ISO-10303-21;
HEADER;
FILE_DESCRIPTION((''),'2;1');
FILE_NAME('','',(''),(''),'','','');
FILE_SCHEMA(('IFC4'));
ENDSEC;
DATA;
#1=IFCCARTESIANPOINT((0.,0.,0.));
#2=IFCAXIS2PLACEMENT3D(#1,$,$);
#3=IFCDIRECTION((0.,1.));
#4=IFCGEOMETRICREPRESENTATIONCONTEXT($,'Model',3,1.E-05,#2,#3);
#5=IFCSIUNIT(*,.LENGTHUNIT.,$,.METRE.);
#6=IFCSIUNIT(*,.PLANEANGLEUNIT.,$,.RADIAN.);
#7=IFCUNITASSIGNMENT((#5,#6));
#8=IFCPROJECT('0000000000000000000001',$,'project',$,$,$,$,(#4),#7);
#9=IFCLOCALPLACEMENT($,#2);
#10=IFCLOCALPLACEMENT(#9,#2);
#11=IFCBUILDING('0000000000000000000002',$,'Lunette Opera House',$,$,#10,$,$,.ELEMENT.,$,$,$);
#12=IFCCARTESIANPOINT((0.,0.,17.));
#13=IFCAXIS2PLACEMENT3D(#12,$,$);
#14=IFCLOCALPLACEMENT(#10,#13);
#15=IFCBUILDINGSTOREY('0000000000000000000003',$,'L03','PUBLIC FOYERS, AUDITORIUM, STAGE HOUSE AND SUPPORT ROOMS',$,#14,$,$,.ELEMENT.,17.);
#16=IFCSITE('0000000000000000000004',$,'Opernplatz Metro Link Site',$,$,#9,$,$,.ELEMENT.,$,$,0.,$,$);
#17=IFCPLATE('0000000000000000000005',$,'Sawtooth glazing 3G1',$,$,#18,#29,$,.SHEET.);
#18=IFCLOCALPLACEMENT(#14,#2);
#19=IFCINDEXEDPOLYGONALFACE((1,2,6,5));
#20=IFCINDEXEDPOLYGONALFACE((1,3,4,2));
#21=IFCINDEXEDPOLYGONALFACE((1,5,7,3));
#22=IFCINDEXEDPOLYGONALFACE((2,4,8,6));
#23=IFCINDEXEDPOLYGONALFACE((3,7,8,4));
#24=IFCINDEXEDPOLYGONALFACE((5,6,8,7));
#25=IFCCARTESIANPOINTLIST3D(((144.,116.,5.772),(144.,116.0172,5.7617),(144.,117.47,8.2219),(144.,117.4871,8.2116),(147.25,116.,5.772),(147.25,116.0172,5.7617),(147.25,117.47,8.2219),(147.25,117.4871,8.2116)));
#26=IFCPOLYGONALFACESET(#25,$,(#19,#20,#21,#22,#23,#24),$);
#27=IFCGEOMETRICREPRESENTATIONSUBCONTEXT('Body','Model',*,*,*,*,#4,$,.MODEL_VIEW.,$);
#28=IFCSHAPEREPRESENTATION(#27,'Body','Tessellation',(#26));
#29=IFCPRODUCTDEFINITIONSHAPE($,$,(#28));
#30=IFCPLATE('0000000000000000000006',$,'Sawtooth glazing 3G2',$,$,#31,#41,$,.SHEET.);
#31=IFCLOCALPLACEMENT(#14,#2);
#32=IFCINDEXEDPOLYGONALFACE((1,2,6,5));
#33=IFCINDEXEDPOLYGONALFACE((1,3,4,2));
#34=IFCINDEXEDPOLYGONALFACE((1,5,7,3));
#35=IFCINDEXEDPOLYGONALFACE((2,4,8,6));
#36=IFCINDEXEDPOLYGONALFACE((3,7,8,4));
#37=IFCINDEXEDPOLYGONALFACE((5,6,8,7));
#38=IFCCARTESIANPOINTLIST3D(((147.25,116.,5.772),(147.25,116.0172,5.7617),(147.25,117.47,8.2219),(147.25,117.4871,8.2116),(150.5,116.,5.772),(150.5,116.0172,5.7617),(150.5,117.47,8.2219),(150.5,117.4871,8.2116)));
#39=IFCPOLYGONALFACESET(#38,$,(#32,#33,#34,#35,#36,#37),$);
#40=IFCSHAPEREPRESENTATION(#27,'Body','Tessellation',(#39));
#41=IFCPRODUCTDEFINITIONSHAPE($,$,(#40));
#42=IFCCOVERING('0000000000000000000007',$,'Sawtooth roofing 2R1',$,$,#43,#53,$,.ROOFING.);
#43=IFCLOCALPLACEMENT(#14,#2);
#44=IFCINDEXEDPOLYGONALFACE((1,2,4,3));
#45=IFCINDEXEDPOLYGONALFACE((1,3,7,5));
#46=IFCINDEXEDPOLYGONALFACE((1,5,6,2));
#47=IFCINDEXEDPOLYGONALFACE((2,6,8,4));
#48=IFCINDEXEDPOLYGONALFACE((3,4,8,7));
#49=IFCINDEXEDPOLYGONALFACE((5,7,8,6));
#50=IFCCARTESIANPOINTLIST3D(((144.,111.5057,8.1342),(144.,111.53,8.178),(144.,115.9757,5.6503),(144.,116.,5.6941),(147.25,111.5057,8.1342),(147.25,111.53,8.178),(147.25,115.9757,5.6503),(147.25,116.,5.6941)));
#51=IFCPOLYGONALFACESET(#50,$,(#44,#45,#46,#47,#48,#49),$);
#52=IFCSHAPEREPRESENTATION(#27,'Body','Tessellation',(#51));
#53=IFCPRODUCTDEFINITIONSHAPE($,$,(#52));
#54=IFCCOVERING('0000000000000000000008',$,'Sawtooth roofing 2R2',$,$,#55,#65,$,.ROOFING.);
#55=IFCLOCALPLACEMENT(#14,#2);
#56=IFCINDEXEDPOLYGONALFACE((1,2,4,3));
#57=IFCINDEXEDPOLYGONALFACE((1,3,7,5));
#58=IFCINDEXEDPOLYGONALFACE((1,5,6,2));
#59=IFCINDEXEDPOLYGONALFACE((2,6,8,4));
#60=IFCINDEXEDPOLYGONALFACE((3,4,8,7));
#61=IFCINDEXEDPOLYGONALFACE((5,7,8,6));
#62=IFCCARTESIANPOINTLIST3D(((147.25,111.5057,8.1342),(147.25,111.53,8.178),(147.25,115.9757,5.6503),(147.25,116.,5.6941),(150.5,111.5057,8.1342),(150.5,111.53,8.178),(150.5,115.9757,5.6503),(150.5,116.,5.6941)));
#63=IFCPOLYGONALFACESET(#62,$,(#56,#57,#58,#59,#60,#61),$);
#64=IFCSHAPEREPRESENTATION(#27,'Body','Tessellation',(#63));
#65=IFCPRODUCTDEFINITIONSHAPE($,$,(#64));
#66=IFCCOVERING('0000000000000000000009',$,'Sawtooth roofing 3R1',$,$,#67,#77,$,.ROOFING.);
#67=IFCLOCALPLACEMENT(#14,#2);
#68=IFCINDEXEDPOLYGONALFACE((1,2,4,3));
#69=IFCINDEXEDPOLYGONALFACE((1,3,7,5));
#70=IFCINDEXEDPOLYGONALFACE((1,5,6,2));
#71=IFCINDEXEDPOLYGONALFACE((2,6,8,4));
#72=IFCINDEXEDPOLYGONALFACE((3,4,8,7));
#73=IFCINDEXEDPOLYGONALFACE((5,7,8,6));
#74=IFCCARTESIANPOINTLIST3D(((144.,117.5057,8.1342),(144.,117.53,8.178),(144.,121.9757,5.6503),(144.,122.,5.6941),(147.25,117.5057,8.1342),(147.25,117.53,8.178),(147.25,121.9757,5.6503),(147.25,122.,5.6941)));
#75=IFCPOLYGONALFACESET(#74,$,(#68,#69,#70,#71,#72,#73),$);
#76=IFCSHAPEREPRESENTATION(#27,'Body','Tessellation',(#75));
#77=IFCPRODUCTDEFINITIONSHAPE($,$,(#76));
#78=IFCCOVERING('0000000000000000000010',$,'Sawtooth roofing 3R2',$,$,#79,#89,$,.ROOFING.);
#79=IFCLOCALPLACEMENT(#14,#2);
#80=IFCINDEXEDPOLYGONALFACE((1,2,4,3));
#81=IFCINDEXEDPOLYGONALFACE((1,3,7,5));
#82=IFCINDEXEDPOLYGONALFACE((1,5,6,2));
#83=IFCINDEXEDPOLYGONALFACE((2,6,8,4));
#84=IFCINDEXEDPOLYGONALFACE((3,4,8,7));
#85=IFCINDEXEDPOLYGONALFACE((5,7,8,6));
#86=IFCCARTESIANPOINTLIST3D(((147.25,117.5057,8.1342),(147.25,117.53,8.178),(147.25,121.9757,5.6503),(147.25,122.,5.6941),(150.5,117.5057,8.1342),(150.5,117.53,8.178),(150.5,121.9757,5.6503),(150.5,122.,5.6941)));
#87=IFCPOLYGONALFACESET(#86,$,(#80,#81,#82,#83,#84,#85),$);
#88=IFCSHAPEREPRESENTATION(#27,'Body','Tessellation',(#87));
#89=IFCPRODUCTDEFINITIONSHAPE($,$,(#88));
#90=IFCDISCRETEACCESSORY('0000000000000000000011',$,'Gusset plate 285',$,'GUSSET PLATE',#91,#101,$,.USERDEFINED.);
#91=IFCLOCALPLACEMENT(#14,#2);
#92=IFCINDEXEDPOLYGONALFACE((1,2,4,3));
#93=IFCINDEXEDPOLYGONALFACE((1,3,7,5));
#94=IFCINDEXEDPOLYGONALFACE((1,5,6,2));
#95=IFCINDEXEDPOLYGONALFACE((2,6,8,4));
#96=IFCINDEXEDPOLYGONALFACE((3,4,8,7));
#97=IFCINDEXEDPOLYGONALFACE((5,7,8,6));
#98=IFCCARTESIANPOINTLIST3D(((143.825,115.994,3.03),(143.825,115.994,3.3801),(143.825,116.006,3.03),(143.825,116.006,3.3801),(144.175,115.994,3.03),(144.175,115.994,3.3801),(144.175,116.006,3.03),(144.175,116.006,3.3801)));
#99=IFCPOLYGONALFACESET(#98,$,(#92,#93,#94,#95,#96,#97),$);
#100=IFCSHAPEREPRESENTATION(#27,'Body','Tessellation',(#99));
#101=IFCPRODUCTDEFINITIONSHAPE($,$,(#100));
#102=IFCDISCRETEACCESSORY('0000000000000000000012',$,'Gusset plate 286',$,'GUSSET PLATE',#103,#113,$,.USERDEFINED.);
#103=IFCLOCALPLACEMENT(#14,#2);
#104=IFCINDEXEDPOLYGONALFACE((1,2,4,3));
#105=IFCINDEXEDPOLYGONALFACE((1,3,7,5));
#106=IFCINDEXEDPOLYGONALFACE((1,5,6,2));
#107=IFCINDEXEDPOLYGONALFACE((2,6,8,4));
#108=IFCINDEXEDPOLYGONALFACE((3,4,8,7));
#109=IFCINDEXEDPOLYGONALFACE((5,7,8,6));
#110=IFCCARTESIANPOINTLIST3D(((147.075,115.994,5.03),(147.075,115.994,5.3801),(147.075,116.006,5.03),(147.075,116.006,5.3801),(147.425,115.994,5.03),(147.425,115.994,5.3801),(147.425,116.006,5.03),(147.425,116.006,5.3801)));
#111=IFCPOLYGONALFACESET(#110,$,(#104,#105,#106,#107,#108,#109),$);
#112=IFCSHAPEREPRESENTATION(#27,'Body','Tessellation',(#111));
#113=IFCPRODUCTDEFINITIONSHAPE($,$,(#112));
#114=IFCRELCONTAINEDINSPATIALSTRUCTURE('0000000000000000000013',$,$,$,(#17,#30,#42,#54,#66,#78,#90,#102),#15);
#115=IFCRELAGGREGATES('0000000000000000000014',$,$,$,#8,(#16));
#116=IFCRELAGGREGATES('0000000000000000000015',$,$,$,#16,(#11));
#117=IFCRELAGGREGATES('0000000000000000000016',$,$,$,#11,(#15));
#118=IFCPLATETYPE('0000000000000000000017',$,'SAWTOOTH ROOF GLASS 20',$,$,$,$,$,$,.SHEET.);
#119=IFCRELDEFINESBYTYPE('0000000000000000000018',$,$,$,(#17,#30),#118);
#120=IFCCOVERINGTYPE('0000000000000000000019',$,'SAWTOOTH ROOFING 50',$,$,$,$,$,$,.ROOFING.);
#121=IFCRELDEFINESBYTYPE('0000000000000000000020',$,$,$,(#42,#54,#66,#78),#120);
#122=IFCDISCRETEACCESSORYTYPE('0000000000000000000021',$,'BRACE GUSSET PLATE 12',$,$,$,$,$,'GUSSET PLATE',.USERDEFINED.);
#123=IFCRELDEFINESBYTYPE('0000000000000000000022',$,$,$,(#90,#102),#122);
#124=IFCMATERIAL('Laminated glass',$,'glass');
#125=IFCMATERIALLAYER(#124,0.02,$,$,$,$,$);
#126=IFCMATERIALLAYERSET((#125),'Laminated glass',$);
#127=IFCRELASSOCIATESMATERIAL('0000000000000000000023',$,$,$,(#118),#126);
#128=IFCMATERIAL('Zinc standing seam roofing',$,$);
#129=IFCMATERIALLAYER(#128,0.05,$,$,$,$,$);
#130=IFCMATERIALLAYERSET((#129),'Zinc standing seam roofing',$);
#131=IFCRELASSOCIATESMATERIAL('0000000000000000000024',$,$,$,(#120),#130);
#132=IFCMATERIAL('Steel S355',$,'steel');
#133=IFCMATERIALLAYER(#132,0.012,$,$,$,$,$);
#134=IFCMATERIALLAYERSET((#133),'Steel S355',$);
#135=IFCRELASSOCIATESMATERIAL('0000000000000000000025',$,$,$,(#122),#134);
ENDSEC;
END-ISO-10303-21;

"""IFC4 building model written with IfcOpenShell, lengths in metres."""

from ifc_helpers import new_model, si_unit, direction, frame, origin, origin_2d, place, context, subcontext, project, spatial, polyline, rectangle, outline, extrude, material, layer, layer_set, type_object, element, save


model = new_model("IFC4")

# Units and contexts
model_context = context("Model", 3, precision=1e-05, world=origin(), true_north=direction((0.0, 1.0)))
body_context = subcontext(model_context, "Body", "Model", "MODEL_VIEW")
ifc_project = project(units=[si_unit("LENGTHUNIT", "METRE"), si_unit("PLANEANGLEUNIT", "RADIAN")], contexts=[model_context])

# Site, building, storey
site_placement = place(None, origin())
site = spatial("IfcSite", under=ifc_project, at=site_placement, Name="Opernplatz Metro Link Site", CompositionType="ELEMENT", RefElevation=0.0)
building_placement = place(site_placement, origin())
building = spatial("IfcBuilding", under=site, at=building_placement, Name="Lunette Opera House", CompositionType="ELEMENT")
storey_placement = place(building_placement, frame((0.0, 0.0, 17.0)))
storey = spatial("IfcBuildingStorey", under=building, at=storey_placement, Name="L03", Description="PUBLIC FOYERS, AUDITORIUM, STAGE HOUSE AND SUPPORT ROOMS", CompositionType="ELEMENT", Elevation=17.0)

# Plates
ifc_material_1 = material(Name="Laminated glass", Category="glass")
ifc_layer_1 = layer(ifc_material_1, 0.02)
ifc_layer_set_1 = layer_set([ifc_layer_1], Name="Laminated glass")
plate_type = type_object("IfcPlateType", Name="SAWTOOTH ROOF GLASS 20", PredefinedType="SHEET", material=ifc_layer_set_1)
for number, where, z_axis, x_axis, name in (
    (1, (144.0, 116.0, 5.772), (0.0, -0.857493, 0.514496), (1.0, 0.0, 0.0), "Sawtooth glazing 3G1"),
    (2, (147.25, 116.0, 5.772), (0.0, -0.857493, 0.514496), (1.0, 0.0, 0.0), "Sawtooth glazing 3G2"),
):
    element("IfcPlate", number, at=place(storey_placement, frame(where, z_axis=z_axis, x_axis=x_axis)), inside=storey, type_object=plate_type, Name=name, PredefinedType="SHEET", context=body_context, shape_type="SweptSolid", body=[
        extrude(outline(polyline([(0.0, 0.0), (3.25, 0.0), (3.25, 2.8571), (0.0, 2.8571), (0.0, 0.0)])), origin(), (0.0, 0.0, -1.0), 0.02),
    ])

# Coverings
ifc_material_2 = material(Name="Zinc standing seam roofing")
ifc_layer_2 = layer(ifc_material_2, 0.05)
ifc_layer_set_2 = layer_set([ifc_layer_2], Name="Zinc standing seam roofing")
covering_type = type_object("IfcCoveringType", Name="SAWTOOTH ROOFING 50", PredefinedType="ROOFING", material=ifc_layer_set_2)
for number, where, z_axis, x_axis, name in (
    (3, (144.0, 111.53, 8.178), (0.0, 0.485728, 0.87411), (1.0, 0.0, 0.0), "Sawtooth roofing 2R1"),
    (4, (147.25, 111.53, 8.178), (0.0, 0.485728, 0.87411), (1.0, 0.0, 0.0), "Sawtooth roofing 2R2"),
    (5, (144.0, 117.53, 8.178), (0.0, 0.485728, 0.87411), (1.0, 0.0, 0.0), "Sawtooth roofing 3R1"),
    (6, (147.25, 117.53, 8.178), (0.0, 0.485728, 0.87411), (1.0, 0.0, 0.0), "Sawtooth roofing 3R2"),
):
    element("IfcCovering", number, at=place(storey_placement, frame(where, z_axis=z_axis, x_axis=x_axis)), inside=storey, type_object=covering_type, Name=name, PredefinedType="ROOFING", context=body_context, shape_type="SweptSolid", body=[
        extrude(outline(polyline([(0.0, 0.0), (3.25, 0.0), (3.25, 5.1137), (0.0, 5.1137), (0.0, 0.0)])), origin(), (0.0, 0.0, -1.0), 0.05),
    ])

# Discrete accessories
ifc_material_3 = material(Name="Steel S355", Category="steel")
ifc_layer_3 = layer(ifc_material_3, 0.012)
ifc_layer_set_3 = layer_set([ifc_layer_3], Name="Steel S355")
discrete_accessory_type = type_object("IfcDiscreteAccessoryType", Name="BRACE GUSSET PLATE 12", ElementType="GUSSET PLATE", PredefinedType="USERDEFINED", material=ifc_layer_set_3)
for number, where, z_axis, x_axis, name in (
    (7, (144.0, 116.0, 3.03), (0.0, 0.0, 1.0), (1.0, 0.0, 0.0), "Gusset plate 285"),
    (8, (147.25, 116.0, 5.03), (0.0, 0.0, 1.0), (1.0, 0.0, 0.0), "Gusset plate 286"),
):
    element("IfcDiscreteAccessory", number, at=place(storey_placement, frame(where, z_axis=z_axis, x_axis=x_axis)), inside=storey, type_object=discrete_accessory_type, Name=name, ObjectType="GUSSET PLATE", PredefinedType="USERDEFINED", context=body_context, shape_type="SweptSolid", body=[
        extrude(rectangle(XDim=0.3501, YDim=0.012, at=origin_2d()), origin(), (0.0, 0.0, 1.0), 0.3501),
    ])

save(model, "model.ifc")
